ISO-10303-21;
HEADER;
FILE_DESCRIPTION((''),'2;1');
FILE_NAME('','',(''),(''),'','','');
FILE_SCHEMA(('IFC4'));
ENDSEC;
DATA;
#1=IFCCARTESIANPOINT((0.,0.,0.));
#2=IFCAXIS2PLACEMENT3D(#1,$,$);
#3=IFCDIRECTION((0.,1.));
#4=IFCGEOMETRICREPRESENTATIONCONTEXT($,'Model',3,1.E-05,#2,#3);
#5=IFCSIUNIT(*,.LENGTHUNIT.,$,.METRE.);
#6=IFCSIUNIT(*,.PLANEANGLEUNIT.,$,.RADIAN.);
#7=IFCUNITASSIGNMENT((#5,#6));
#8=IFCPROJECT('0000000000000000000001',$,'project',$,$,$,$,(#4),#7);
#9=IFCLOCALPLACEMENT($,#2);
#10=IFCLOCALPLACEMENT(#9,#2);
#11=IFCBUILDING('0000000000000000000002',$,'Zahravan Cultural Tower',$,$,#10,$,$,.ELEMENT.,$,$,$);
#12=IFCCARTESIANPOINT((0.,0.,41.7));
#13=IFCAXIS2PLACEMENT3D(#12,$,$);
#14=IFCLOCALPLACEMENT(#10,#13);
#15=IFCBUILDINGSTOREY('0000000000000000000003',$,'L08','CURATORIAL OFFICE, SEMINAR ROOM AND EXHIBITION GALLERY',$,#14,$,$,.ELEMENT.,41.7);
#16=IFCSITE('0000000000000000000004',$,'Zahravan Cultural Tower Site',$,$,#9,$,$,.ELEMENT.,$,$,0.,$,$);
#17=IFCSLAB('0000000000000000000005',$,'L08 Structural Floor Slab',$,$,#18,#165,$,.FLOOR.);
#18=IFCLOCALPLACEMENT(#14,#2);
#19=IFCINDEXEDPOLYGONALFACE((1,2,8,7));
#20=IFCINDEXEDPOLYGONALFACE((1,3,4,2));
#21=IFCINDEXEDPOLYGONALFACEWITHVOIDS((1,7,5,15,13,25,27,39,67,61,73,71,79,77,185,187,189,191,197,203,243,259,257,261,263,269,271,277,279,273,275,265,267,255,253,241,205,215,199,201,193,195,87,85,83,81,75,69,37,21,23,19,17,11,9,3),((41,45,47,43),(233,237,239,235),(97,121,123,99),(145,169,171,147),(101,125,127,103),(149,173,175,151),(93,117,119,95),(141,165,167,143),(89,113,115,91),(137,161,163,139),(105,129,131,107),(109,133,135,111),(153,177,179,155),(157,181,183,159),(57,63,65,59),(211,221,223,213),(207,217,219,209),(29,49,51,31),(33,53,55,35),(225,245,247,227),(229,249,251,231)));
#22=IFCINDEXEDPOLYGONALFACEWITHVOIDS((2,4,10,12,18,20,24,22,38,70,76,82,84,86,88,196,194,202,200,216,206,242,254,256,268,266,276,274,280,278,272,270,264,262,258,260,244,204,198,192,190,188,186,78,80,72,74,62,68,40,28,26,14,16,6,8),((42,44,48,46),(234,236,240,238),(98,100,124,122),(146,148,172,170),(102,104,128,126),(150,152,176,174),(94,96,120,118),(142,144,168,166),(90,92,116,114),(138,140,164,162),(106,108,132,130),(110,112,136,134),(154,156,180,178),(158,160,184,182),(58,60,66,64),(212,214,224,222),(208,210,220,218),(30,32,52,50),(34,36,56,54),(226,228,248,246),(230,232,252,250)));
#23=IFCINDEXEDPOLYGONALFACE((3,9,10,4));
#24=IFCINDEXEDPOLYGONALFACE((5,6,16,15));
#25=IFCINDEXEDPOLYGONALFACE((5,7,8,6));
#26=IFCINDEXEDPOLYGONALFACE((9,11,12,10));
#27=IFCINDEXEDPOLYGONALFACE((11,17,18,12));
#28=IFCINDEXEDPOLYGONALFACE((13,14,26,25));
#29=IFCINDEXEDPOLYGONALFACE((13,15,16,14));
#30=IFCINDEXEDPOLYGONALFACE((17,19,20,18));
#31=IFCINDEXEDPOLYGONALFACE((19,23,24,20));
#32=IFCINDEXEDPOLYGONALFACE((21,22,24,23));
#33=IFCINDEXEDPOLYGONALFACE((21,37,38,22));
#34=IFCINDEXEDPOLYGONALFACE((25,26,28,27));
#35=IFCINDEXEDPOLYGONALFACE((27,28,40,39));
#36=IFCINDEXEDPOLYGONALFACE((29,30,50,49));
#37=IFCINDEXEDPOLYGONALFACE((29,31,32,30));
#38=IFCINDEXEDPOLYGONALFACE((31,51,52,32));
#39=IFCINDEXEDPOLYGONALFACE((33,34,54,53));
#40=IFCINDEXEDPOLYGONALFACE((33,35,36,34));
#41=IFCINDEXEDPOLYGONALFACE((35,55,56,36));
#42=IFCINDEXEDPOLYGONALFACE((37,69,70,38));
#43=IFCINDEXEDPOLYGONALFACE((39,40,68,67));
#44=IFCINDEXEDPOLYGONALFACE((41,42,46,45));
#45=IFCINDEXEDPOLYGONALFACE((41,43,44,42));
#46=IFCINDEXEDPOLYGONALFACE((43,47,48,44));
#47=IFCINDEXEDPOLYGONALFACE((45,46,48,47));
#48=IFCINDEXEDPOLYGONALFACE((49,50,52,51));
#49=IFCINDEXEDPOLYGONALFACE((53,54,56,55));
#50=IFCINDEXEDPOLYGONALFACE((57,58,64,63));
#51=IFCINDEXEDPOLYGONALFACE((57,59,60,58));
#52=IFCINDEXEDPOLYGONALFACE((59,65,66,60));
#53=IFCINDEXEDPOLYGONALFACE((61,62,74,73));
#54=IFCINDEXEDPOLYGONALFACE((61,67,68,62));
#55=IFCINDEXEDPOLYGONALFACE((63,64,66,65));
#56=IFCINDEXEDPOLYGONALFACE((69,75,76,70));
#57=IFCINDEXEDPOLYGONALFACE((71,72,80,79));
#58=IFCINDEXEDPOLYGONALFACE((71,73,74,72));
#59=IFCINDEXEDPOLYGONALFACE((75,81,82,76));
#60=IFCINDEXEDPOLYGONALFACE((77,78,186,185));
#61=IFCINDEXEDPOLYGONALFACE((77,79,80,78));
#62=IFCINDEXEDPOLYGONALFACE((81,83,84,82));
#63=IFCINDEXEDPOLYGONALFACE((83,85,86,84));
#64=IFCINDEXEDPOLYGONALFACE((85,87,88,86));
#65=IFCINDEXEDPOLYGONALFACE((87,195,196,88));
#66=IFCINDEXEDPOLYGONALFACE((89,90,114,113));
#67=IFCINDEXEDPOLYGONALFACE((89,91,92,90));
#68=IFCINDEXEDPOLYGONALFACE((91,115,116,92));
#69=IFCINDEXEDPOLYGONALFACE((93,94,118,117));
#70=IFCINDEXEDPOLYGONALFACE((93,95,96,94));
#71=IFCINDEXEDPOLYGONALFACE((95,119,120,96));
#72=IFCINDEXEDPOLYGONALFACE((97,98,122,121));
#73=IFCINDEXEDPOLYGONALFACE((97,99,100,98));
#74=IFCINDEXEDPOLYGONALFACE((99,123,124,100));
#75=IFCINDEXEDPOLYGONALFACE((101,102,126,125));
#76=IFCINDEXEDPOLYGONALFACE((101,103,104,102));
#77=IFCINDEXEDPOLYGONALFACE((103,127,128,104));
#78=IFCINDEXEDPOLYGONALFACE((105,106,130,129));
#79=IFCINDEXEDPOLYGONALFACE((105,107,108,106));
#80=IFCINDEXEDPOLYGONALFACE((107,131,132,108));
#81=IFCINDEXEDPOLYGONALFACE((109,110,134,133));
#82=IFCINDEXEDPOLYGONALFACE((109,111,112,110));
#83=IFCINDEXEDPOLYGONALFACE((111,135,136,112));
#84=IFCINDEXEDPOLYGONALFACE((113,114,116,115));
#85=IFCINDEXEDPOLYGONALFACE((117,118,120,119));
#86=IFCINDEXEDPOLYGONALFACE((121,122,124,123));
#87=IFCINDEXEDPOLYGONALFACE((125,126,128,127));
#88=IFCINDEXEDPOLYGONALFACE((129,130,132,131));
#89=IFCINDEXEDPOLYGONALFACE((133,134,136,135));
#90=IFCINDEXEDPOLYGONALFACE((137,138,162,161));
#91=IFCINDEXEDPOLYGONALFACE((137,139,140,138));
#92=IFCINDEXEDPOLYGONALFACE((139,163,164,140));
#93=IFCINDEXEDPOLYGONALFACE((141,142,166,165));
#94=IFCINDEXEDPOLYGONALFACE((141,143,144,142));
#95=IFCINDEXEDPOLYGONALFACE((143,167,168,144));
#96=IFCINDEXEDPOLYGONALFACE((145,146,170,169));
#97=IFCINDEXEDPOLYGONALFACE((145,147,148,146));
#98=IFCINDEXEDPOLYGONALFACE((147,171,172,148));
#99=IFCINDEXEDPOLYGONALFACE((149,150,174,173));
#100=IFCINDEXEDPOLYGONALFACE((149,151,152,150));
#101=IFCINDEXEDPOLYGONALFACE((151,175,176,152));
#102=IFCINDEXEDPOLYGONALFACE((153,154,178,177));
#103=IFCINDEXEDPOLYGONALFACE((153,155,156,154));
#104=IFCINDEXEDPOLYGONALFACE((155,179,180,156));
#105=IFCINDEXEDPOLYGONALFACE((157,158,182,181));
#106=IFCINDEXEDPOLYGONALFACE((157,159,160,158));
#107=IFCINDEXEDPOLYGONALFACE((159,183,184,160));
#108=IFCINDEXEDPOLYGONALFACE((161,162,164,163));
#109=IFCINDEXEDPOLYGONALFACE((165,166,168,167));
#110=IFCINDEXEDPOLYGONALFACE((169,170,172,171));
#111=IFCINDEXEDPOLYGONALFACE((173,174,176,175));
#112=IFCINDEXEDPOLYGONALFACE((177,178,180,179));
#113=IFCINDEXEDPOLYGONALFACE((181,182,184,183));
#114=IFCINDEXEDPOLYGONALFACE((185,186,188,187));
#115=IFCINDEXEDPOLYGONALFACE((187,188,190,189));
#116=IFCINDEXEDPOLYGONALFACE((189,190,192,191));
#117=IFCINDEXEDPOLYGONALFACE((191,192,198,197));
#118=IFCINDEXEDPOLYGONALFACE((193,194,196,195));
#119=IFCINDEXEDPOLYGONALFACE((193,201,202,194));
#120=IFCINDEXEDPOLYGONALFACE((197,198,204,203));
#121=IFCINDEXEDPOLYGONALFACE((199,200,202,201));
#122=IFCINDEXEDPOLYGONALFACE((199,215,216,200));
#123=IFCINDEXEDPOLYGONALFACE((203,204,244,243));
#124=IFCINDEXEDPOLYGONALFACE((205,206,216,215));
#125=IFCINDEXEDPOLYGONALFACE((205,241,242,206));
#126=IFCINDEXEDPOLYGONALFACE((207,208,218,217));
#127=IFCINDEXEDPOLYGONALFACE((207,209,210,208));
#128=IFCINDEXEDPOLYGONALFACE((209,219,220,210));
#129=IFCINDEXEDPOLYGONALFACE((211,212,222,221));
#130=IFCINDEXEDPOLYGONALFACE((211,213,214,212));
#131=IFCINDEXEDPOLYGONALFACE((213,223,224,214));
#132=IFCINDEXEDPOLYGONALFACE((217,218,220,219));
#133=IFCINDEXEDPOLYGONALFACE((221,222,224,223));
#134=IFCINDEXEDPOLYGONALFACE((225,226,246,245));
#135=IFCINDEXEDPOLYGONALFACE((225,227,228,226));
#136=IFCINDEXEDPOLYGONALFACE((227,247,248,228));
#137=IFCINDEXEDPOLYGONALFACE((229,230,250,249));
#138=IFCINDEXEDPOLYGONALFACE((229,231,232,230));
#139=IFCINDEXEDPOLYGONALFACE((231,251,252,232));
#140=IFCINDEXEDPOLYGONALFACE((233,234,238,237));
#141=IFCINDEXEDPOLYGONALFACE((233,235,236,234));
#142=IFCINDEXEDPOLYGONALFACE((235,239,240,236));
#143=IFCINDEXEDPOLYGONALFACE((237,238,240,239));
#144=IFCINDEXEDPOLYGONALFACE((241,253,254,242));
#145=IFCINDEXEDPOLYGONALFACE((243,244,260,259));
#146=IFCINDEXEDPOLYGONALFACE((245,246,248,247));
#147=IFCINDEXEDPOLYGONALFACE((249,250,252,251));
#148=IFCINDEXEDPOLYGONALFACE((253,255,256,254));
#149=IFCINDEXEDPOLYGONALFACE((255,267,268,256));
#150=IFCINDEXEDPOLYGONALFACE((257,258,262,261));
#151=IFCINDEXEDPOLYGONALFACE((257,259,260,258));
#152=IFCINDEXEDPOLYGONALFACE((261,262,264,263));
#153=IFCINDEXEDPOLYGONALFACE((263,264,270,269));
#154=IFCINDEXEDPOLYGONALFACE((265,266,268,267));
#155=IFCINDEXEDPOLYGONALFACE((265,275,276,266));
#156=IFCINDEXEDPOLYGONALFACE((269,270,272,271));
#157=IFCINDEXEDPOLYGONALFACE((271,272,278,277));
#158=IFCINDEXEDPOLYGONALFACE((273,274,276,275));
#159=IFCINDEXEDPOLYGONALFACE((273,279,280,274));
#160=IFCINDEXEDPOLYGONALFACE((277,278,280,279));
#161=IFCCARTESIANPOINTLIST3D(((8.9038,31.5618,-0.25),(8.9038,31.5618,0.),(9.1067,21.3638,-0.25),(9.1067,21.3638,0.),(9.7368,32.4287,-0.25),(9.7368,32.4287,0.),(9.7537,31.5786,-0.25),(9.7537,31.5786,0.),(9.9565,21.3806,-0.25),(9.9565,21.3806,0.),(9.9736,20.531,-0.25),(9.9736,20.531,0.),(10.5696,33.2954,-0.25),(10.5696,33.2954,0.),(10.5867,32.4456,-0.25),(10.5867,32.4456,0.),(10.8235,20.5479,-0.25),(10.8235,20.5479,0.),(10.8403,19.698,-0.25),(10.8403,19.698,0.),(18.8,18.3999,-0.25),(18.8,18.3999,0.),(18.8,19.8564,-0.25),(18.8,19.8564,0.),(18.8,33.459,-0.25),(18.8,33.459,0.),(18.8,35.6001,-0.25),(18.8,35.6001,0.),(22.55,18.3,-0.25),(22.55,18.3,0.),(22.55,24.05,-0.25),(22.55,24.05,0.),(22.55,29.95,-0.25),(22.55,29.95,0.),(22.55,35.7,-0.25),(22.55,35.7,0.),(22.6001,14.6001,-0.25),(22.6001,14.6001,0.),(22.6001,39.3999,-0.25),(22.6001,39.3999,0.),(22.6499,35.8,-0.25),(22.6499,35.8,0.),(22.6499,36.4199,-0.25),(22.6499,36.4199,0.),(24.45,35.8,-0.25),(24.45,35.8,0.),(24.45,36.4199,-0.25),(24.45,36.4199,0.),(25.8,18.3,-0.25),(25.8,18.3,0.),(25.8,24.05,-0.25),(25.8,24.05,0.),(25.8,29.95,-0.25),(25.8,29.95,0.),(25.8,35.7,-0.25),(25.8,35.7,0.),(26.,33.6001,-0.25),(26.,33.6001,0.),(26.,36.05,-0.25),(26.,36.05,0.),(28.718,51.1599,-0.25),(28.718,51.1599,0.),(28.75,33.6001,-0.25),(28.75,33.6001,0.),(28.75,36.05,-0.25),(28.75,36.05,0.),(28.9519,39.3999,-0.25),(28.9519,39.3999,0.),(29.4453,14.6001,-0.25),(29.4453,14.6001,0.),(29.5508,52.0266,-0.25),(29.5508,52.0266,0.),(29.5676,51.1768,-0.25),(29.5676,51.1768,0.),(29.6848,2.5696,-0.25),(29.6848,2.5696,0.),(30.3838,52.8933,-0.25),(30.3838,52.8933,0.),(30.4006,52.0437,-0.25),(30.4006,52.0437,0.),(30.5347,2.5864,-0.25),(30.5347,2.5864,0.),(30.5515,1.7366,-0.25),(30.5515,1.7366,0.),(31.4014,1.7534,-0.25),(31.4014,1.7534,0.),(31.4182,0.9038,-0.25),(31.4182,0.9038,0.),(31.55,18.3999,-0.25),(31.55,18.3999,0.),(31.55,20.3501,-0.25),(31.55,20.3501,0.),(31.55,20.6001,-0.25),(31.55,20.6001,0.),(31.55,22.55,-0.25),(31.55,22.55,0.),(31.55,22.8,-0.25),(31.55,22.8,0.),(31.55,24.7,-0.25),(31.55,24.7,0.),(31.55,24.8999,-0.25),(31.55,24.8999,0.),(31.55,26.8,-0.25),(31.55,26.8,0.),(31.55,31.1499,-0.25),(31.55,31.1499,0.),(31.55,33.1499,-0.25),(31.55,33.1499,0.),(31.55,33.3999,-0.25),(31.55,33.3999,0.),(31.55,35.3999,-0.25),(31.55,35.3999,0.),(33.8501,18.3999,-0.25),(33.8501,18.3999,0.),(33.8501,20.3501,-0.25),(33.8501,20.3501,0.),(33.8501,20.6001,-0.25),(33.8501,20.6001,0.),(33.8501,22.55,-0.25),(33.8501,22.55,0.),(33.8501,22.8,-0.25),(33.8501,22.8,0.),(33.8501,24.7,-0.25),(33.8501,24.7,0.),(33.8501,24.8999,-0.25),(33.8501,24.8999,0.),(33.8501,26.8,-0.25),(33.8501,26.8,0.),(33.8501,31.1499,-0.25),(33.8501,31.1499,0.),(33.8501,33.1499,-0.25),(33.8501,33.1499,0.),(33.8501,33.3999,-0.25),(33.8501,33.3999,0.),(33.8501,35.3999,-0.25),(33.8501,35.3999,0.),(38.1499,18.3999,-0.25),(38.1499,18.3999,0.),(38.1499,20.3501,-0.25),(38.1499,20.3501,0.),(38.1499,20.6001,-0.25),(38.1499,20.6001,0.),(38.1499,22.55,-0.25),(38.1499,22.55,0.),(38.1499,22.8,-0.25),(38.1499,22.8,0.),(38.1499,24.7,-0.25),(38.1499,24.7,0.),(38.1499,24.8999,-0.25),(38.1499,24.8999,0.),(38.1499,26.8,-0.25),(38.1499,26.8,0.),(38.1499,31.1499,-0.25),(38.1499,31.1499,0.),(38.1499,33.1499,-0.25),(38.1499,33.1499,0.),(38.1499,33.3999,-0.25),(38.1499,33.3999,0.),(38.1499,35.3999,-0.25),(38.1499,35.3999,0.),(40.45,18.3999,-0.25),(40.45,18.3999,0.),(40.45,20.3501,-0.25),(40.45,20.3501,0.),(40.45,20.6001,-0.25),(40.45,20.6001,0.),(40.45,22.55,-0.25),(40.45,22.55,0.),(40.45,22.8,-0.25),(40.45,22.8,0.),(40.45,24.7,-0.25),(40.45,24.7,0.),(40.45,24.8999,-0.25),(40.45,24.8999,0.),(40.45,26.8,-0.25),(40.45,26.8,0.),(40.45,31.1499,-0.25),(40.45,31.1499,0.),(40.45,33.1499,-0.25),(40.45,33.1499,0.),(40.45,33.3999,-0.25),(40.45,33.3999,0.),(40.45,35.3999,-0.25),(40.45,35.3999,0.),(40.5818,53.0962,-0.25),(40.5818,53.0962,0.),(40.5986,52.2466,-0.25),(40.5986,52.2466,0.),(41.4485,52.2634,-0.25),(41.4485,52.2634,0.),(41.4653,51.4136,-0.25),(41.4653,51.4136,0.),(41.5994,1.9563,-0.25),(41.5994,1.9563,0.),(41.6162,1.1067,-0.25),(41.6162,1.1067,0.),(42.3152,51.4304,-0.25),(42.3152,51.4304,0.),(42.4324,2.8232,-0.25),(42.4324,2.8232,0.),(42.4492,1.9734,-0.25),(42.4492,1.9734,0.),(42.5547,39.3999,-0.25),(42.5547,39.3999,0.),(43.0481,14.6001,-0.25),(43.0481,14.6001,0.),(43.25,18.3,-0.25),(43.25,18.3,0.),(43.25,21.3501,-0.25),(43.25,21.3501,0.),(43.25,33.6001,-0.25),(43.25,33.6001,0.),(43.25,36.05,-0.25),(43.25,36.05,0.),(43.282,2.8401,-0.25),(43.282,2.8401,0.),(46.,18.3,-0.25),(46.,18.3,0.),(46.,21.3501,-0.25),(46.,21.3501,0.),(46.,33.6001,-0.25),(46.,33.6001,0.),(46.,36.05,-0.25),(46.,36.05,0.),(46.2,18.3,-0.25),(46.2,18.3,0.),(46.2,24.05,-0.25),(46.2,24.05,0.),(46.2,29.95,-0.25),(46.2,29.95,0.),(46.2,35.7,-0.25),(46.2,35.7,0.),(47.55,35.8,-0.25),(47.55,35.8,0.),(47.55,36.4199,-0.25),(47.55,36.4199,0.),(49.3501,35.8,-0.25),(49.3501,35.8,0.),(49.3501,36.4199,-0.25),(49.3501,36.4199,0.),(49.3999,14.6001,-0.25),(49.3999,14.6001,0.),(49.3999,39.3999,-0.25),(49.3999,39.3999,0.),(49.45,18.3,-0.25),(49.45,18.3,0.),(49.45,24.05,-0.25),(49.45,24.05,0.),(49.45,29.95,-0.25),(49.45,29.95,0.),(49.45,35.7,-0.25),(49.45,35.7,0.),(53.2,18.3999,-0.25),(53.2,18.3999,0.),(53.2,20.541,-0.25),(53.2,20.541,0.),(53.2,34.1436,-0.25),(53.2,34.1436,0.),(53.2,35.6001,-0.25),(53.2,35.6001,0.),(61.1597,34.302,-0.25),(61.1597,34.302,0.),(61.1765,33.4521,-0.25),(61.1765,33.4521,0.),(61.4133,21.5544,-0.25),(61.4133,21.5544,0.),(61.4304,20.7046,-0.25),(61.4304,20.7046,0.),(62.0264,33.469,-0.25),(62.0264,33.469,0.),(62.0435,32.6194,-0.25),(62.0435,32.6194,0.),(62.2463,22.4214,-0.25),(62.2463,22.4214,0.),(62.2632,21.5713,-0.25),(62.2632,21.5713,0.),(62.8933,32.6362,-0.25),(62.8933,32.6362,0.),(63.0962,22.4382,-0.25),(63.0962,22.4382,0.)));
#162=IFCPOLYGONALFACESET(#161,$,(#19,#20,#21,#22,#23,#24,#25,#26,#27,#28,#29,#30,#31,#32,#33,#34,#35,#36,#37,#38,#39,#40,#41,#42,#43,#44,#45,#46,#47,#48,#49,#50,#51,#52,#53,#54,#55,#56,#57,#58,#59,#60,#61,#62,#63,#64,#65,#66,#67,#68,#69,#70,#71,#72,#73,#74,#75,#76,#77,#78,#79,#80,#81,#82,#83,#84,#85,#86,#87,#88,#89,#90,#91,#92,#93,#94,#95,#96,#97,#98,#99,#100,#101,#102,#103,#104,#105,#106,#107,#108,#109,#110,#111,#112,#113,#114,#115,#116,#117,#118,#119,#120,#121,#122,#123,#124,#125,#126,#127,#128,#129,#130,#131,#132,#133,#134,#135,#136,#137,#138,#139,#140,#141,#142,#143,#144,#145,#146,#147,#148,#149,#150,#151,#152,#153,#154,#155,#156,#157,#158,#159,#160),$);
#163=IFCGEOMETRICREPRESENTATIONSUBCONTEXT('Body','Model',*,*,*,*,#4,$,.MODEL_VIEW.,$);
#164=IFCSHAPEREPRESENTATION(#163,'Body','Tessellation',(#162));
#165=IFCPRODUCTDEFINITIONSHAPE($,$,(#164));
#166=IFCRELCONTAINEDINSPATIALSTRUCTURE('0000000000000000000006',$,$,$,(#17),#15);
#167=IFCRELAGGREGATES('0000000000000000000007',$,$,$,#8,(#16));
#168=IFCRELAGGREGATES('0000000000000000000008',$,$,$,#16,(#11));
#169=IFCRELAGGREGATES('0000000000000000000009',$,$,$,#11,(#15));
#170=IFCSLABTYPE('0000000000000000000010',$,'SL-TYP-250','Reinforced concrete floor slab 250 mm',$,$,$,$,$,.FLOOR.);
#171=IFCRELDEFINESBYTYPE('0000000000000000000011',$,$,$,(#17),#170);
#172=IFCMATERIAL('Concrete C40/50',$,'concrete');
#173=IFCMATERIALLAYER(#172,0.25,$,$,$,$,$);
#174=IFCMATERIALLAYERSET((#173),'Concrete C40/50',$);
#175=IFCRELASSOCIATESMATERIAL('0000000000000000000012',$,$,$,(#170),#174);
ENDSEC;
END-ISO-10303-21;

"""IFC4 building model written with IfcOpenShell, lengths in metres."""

from ifc_helpers import new_model, si_unit, direction, frame, origin, place, context, subcontext, project, spatial, polyline, outline, extrude, material, layer, layer_set, type_object, element, save


model = new_model("IFC4")

# Units and contexts
model_context = context("Model", 3, precision=1e-05, world=origin(), true_north=direction((0.0, 1.0)))
body_context = subcontext(model_context, "Body", "Model", "MODEL_VIEW")
ifc_project = project(units=[si_unit("LENGTHUNIT", "METRE"), si_unit("PLANEANGLEUNIT", "RADIAN")], contexts=[model_context])

# Site, building, storey
site_placement = place(None, origin())
site = spatial("IfcSite", under=ifc_project, at=site_placement, Name="Zahravan Cultural Tower Site", CompositionType="ELEMENT", RefElevation=0.0)
building_placement = place(site_placement, origin())
building = spatial("IfcBuilding", under=site, at=building_placement, Name="Zahravan Cultural Tower", CompositionType="ELEMENT")
storey_placement = place(building_placement, frame((0.0, 0.0, 41.7)))
storey = spatial("IfcBuildingStorey", under=building, at=storey_placement, Name="L08", Description="CURATORIAL OFFICE, SEMINAR ROOM AND EXHIBITION GALLERY", CompositionType="ELEMENT", Elevation=41.7)

# Slab
ifc_material_1 = material(Name="Concrete C40/50", Category="concrete")
ifc_layer_1 = layer(ifc_material_1, 0.25)
ifc_layer_set_1 = layer_set([ifc_layer_1], Name="Concrete C40/50")
slab_type_1 = type_object("IfcSlabType", Name="SL-TYP-250", Description="Reinforced concrete floor slab 250 mm", PredefinedType="FLOOR", material=ifc_layer_set_1)
slab_1_placement = place(storey_placement, frame((0.0, 0.0, -0.25)))
element("IfcSlab", 1, at=slab_1_placement, inside=storey, type_object=slab_type_1, Name="L08 Structural Floor Slab", PredefinedType="FLOOR", context=body_context, shape_type="SweptSolid", body=[
    extrude(outline(polyline([(53.2, 34.1436), (53.2, 35.6001), (49.3999, 39.3999), (42.5547, 39.3999), (42.3152, 51.4304), (41.4653, 51.4136), (41.4485, 52.2634), (40.5986, 52.2466), (40.5818, 53.0962), (30.3838, 52.8933), (30.4006, 52.0437), (29.5508, 52.0266), (29.5676, 51.1768), (28.718, 51.1599), (28.9519, 39.3999), (22.6001, 39.3999), (18.8, 35.6001), (18.8, 33.459), (10.5696, 33.2954), (10.5867, 32.4456), (9.7368, 32.4287), (9.7537, 31.5786), (8.9038, 31.5618), (9.1067, 21.3638), (9.9565, 21.3806), (9.9736, 20.531), (10.8235, 20.5479), (10.8403, 19.698), (18.8, 19.8564), (18.8, 18.3999), (22.6001, 14.6001), (29.4453, 14.6001), (29.6848, 2.5696), (30.5347, 2.5864), (30.5515, 1.7366), (31.4014, 1.7534), (31.4182, 0.9038), (41.6162, 1.1067), (41.5994, 1.9563), (42.4492, 1.9734), (42.4324, 2.8232), (43.282, 2.8401), (43.0481, 14.6001), (49.3999, 14.6001), (53.2, 18.3999), (53.2, 20.541), (61.4304, 20.7046), (61.4133, 21.5544), (62.2632, 21.5713), (62.2463, 22.4214), (63.0962, 22.4382), (62.8933, 32.6362), (62.0435, 32.6194), (62.0264, 33.469), (61.1765, 33.4521), (61.1597, 34.302), (53.2, 34.1436)]), holes=[polyline([(22.55, 29.95), (22.55, 35.7), (25.8, 35.7), (25.8, 29.95), (22.55, 29.95)]), polyline([(22.55, 18.3), (22.55, 24.05), (25.8, 24.05), (25.8, 18.3), (22.55, 18.3)]), polyline([(46.2, 29.95), (46.2, 35.7), (49.45, 35.7), (49.45, 29.95), (46.2, 29.95)]), polyline([(46.2, 18.3), (46.2, 24.05), (49.45, 24.05), (49.45, 18.3), (46.2, 18.3)]), polyline([(26.0, 33.6001), (26.0, 36.05), (28.75, 36.05), (28.75, 33.6001), (26.0, 33.6001)]), polyline([(43.25, 33.6001), (43.25, 36.05), (46.0, 36.05), (46.0, 33.6001), (43.25, 33.6001)]), polyline([(43.25, 18.3), (43.25, 21.3501), (46.0, 21.3501), (46.0, 18.3), (43.25, 18.3)]), polyline([(31.55, 33.3999), (31.55, 35.3999), (33.8501, 35.3999), (33.8501, 33.3999), (31.55, 33.3999)]), polyline([(31.55, 31.1499), (31.55, 33.1499), (33.8501, 33.1499), (33.8501, 31.1499), (31.55, 31.1499)]), polyline([(38.1499, 33.3999), (38.1499, 35.3999), (40.45, 35.3999), (40.45, 33.3999), (38.1499, 33.3999)]), polyline([(38.1499, 31.1499), (38.1499, 33.1499), (40.45, 33.1499), (40.45, 31.1499), (38.1499, 31.1499)]), polyline([(31.55, 20.6001), (31.55, 22.55), (33.8501, 22.55), (33.8501, 20.6001), (31.55, 20.6001)]), polyline([(31.55, 18.3999), (31.55, 20.3501), (33.8501, 20.3501), (33.8501, 18.3999), (31.55, 18.3999)]), polyline([(38.1499, 20.6001), (38.1499, 22.55), (40.45, 22.55), (40.45, 20.6001), (38.1499, 20.6001)]), polyline([(38.1499, 18.3999), (38.1499, 20.3501), (40.45, 20.3501), (40.45, 18.3999), (38.1499, 18.3999)]), polyline([(31.55, 24.8999), (31.55, 26.8), (33.8501, 26.8), (33.8501, 24.8999), (31.55, 24.8999)]), polyline([(31.55, 22.8), (31.55, 24.7), (33.8501, 24.7), (33.8501, 22.8), (31.55, 22.8)]), polyline([(38.1499, 24.8999), (38.1499, 26.8), (40.45, 26.8), (40.45, 24.8999), (38.1499, 24.8999)]), polyline([(38.1499, 22.8), (38.1499, 24.7), (40.45, 24.7), (40.45, 22.8), (38.1499, 22.8)]), polyline([(22.6499, 35.8), (22.6499, 36.4199), (24.45, 36.4199), (24.45, 35.8), (22.6499, 35.8)]), polyline([(47.55, 35.8), (47.55, 36.4199), (49.3501, 36.4199), (49.3501, 35.8), (47.55, 35.8)])]), origin(), (0.0, 0.0, 1.0), 0.25),
])

save(model, "model.ifc")
